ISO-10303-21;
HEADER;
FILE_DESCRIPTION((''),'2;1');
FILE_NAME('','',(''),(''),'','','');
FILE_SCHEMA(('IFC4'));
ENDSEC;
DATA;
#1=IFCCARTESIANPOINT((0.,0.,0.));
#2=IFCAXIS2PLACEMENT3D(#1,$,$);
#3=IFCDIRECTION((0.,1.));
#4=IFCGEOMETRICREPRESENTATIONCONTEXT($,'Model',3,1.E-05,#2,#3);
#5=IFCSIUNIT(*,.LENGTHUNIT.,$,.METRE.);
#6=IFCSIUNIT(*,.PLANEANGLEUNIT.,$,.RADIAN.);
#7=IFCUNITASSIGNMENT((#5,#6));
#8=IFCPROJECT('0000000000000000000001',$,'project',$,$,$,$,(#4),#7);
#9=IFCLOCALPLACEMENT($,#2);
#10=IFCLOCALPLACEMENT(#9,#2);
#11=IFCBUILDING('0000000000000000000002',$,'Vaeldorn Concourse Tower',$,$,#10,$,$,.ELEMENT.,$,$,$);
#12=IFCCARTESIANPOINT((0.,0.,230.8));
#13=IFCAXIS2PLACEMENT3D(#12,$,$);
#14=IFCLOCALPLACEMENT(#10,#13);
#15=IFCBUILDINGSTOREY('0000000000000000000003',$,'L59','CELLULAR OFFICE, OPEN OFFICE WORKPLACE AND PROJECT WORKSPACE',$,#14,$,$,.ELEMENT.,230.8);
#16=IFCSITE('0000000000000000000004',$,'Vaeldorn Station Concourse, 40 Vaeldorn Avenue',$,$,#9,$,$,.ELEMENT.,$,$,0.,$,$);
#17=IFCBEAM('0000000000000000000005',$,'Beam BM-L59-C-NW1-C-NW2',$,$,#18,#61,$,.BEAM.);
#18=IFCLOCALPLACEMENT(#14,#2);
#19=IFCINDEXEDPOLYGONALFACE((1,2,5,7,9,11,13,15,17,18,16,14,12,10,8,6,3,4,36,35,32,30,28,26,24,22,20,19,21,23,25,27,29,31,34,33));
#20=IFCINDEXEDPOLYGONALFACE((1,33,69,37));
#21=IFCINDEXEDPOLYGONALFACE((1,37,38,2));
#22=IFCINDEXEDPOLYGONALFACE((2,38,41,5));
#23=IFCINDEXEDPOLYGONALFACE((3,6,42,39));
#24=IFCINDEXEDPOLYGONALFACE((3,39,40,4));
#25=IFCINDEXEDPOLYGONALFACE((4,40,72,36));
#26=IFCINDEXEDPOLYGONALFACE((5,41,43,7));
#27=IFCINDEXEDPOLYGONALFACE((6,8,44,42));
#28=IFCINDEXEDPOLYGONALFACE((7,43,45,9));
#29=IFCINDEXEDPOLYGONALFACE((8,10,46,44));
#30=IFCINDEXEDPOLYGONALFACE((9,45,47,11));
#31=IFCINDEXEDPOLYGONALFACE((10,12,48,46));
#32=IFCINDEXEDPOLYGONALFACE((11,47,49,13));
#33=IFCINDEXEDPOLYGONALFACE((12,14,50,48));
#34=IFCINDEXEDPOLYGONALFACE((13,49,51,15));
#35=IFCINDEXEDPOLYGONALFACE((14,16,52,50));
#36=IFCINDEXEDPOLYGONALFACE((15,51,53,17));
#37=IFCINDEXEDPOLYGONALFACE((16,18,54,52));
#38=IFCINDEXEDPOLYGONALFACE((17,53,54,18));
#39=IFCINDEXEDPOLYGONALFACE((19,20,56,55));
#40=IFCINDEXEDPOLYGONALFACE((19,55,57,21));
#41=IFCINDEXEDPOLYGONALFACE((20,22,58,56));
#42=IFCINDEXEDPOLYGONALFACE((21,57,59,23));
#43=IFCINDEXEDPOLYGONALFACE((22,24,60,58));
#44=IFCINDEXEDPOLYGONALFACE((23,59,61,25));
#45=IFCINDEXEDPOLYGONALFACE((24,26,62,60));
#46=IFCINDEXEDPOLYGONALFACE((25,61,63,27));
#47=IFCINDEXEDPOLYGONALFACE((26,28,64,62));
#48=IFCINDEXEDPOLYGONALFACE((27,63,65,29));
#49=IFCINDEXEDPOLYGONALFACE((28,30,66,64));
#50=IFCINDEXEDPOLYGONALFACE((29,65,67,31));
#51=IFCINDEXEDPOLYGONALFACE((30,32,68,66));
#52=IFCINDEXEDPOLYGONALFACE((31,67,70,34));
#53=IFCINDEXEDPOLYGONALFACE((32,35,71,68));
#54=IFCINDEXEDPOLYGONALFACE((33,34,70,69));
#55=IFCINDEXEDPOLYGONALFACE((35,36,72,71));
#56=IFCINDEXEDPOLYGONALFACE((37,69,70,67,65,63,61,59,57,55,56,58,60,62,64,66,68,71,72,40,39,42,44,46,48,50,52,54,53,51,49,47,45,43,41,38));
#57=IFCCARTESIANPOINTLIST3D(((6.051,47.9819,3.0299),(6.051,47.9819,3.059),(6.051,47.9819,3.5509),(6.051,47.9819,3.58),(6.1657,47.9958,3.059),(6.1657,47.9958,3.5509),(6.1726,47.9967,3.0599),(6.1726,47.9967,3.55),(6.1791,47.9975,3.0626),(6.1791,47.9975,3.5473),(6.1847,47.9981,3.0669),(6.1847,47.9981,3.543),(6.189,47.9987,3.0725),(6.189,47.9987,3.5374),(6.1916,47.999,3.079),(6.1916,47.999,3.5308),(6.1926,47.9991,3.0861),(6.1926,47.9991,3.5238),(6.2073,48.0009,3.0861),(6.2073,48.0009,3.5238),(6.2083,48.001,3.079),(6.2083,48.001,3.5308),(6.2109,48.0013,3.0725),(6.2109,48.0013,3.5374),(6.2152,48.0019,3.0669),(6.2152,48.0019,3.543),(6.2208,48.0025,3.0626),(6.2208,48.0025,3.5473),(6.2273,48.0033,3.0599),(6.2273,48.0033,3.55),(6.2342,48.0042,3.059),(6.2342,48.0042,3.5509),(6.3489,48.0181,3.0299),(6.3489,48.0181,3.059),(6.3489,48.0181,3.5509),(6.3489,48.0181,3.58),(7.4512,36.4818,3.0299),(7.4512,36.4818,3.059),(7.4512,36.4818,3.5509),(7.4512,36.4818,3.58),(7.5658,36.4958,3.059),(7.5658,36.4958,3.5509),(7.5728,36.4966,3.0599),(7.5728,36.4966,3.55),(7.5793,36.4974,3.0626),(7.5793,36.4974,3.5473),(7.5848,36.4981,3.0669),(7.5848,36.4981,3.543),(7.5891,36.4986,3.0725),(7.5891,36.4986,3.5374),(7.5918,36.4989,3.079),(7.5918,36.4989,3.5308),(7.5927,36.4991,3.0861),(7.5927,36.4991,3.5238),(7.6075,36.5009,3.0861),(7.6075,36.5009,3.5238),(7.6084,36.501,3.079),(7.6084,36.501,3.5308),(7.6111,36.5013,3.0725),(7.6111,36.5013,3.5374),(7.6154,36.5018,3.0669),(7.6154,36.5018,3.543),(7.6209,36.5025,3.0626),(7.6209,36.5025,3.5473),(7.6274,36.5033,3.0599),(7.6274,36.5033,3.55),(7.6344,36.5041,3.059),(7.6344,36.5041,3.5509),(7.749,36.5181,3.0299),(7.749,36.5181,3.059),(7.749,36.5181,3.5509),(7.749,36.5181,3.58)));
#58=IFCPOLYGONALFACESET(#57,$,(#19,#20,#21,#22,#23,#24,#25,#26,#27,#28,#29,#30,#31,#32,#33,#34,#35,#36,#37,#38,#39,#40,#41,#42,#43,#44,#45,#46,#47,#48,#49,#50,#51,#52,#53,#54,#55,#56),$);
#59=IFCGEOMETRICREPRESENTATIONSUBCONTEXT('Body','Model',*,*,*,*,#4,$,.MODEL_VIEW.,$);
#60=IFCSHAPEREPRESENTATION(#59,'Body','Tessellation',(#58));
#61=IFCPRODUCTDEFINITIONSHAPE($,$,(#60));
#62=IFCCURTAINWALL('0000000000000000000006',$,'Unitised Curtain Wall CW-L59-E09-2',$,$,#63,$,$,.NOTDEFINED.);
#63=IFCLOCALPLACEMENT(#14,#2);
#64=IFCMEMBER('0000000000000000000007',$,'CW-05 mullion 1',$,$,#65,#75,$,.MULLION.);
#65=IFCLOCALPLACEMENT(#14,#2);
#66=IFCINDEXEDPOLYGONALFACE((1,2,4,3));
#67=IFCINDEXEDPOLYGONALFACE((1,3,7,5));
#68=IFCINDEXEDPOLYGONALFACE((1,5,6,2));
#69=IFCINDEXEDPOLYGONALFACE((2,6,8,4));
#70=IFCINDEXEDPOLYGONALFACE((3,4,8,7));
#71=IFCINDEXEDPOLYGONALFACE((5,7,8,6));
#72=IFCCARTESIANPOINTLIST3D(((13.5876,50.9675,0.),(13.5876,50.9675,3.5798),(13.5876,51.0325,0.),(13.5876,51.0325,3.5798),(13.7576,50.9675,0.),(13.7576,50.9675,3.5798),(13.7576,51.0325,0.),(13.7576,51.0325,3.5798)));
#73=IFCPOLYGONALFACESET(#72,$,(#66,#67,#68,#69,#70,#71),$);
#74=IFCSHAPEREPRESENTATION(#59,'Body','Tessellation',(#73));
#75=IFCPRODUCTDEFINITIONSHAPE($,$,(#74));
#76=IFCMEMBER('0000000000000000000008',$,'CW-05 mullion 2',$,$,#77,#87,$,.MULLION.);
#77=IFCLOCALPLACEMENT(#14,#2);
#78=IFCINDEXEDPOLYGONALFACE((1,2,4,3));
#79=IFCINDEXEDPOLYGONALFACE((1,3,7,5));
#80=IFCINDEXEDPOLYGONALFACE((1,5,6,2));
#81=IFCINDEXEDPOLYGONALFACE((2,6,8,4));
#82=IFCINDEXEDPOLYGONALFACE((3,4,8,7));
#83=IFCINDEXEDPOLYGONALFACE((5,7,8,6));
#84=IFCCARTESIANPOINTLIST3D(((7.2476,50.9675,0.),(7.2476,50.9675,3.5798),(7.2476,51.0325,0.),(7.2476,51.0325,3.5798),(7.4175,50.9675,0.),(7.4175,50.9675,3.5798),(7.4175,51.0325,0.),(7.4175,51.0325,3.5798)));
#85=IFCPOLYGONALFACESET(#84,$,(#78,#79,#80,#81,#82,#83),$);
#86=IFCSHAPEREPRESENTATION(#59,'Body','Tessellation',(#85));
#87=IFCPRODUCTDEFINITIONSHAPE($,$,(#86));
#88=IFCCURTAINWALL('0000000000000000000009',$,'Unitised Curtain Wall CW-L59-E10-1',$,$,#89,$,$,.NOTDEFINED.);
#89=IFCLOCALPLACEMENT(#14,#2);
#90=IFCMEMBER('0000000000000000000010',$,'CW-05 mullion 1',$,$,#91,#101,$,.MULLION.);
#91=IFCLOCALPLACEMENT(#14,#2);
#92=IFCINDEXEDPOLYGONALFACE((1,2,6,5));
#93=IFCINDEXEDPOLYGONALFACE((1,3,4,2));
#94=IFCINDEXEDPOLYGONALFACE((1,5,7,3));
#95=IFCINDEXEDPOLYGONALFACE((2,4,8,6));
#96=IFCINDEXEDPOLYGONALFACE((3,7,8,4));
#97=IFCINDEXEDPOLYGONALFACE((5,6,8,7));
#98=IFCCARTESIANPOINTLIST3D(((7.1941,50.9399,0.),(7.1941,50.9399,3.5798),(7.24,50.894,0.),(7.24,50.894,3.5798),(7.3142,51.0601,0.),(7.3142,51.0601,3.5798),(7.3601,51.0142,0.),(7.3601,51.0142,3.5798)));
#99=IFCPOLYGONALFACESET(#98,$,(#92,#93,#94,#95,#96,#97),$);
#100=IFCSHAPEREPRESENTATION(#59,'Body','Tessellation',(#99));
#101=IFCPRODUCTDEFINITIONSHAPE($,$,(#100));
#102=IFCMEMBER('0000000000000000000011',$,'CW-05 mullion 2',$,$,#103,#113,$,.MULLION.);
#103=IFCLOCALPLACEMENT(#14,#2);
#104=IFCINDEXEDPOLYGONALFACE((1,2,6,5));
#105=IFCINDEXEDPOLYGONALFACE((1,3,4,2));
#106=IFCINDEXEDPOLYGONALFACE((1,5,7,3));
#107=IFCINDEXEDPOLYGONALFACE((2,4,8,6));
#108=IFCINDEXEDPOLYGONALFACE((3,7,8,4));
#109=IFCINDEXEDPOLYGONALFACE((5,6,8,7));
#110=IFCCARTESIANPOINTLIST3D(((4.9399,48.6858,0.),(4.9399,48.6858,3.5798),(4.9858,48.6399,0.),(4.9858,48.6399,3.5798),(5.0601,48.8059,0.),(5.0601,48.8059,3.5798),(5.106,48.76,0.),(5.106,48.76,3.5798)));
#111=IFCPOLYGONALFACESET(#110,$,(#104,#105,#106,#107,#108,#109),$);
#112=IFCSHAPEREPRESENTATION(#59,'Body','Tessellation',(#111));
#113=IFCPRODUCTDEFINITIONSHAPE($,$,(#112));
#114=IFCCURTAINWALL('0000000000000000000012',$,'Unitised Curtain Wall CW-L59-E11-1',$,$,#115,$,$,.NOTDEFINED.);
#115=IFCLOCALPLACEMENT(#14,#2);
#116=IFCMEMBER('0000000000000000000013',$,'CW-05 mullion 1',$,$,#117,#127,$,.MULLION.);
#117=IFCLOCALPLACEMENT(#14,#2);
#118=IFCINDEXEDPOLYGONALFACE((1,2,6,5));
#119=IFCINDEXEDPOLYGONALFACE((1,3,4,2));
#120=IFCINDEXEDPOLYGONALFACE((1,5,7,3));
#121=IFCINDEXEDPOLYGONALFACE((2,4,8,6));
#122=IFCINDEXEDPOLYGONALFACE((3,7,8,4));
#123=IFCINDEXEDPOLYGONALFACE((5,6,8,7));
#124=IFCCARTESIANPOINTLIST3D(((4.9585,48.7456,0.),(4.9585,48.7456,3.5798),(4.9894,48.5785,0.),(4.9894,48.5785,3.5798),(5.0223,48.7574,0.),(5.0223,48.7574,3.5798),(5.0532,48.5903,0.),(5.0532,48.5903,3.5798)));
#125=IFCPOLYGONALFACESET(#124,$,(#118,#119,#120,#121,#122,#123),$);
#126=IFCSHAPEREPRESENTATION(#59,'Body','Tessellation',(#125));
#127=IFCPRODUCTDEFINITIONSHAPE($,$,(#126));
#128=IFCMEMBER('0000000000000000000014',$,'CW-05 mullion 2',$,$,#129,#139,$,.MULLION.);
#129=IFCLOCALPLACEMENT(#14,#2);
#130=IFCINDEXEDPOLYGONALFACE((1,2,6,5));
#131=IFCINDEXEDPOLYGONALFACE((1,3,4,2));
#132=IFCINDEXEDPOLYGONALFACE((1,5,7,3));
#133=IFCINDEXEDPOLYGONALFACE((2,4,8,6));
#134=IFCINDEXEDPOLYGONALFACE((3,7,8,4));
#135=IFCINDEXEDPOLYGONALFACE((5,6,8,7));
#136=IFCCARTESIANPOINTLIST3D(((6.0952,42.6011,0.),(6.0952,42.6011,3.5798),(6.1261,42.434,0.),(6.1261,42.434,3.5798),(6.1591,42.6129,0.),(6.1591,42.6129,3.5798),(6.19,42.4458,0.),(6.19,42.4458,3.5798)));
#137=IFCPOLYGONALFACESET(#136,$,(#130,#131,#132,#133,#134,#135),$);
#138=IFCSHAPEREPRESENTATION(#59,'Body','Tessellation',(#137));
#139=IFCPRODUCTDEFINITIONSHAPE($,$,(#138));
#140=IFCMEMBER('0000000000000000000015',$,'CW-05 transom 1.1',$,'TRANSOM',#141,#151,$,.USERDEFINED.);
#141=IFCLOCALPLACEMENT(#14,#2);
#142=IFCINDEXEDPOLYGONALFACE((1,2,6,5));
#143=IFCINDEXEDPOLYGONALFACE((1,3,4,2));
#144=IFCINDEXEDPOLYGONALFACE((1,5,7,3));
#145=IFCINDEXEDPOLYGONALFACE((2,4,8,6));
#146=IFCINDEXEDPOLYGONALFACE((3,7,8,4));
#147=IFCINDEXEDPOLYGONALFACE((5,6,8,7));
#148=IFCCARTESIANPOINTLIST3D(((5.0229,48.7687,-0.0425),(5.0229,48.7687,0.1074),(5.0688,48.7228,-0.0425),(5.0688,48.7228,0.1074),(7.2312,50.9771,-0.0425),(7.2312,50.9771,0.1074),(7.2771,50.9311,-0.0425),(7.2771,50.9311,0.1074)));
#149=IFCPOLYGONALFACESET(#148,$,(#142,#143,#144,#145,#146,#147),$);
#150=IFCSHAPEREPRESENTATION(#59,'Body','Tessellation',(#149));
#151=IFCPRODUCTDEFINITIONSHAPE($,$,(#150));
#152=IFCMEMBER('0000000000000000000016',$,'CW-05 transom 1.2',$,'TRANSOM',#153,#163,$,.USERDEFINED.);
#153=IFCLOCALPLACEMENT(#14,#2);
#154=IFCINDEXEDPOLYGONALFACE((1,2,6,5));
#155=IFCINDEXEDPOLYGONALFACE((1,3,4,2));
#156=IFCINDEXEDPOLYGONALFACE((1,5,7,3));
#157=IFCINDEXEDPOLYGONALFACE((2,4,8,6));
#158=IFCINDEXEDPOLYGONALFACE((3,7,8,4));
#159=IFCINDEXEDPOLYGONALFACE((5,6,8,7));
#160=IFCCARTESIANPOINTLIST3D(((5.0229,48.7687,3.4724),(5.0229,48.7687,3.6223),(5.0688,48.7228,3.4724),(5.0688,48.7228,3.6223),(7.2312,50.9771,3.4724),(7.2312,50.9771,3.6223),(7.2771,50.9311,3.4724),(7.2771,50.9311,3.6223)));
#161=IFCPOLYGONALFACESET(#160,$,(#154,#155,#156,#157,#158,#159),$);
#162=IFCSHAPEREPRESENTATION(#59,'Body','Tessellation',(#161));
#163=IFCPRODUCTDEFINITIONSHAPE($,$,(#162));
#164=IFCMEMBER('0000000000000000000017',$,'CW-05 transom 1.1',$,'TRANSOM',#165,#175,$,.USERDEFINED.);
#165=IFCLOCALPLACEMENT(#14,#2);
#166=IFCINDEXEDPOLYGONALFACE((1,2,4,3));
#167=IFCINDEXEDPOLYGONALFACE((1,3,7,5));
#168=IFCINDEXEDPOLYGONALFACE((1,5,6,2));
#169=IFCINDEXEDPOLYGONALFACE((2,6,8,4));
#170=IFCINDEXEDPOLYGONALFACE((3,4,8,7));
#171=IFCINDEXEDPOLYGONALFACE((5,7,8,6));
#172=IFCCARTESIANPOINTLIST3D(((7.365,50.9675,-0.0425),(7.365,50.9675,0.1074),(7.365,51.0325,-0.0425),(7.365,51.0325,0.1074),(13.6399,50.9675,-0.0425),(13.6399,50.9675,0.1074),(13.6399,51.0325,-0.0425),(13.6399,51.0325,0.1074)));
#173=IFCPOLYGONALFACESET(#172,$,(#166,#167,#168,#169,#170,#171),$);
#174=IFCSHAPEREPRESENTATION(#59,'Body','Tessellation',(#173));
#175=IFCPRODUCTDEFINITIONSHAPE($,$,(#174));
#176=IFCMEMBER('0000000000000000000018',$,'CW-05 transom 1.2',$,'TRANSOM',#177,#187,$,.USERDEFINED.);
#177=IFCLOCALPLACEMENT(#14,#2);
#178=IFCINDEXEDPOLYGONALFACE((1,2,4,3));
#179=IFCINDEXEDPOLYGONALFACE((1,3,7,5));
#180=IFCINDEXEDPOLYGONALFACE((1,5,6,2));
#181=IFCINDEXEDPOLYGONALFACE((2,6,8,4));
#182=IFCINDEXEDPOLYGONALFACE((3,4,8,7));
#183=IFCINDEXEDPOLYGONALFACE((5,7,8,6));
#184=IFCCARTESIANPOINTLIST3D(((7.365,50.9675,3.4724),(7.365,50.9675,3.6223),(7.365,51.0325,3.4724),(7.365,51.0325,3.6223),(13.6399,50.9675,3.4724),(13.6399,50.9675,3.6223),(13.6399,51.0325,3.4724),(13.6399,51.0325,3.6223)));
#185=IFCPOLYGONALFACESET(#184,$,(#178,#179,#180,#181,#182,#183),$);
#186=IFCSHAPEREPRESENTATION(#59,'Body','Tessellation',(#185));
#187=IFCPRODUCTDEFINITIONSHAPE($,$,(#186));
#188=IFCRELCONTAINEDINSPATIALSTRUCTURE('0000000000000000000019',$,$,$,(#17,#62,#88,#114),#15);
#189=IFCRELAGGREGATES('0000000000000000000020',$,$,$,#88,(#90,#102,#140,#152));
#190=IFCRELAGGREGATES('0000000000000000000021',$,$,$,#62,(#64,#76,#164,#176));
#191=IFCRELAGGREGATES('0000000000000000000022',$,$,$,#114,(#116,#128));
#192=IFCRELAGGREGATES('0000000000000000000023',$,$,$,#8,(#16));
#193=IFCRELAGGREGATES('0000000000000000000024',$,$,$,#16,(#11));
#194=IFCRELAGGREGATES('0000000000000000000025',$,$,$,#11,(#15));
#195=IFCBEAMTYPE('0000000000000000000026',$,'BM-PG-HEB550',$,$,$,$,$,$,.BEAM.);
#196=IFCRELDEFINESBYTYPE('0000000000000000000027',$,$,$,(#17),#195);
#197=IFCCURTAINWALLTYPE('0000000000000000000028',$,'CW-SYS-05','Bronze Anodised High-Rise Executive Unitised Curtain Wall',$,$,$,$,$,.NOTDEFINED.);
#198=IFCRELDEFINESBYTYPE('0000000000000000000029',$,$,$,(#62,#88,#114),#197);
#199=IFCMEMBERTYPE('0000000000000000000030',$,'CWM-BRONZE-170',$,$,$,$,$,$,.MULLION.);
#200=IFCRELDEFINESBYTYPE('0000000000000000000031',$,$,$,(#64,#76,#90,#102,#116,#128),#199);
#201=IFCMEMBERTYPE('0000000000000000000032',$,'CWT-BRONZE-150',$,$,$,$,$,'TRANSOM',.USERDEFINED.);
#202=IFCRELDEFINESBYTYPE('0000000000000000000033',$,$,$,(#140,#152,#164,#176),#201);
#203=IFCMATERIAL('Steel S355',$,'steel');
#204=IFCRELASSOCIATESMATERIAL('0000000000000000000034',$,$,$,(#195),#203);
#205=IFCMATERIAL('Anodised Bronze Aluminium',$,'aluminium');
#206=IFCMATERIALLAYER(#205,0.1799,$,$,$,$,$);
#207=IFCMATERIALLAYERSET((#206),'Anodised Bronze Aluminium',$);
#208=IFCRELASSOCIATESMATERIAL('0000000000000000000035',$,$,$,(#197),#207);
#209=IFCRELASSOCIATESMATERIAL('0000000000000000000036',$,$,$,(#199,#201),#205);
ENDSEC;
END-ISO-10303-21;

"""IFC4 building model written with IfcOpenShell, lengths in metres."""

from ifc_helpers import new_model, si_unit, direction, frame, origin, origin_2d, place, context, subcontext, project, spatial, rectangle, i_section, extrude, source, transform, mapped, material, layer, layer_set, material_profile, profile_set, type_object, element, aggregate, save


model = new_model("IFC4")

# Units and contexts
model_context = context("Model", 3, precision=1e-05, world=origin(), true_north=direction((0.0, 1.0)))
body_context = subcontext(model_context, "Body", "Model", "MODEL_VIEW")
ifc_project = project(units=[si_unit("LENGTHUNIT", "METRE"), si_unit("PLANEANGLEUNIT", "RADIAN")], contexts=[model_context])

# Site, building, storey
site_placement = place(None, origin())
site = spatial("IfcSite", under=ifc_project, at=site_placement, Name="Vaeldorn Station Concourse, 40 Vaeldorn Avenue", CompositionType="ELEMENT", RefElevation=0.0)
building_placement = place(site_placement, origin())
building = spatial("IfcBuilding", under=site, at=building_placement, Name="Vaeldorn Concourse Tower", CompositionType="ELEMENT")
storey_placement = place(building_placement, frame((0.0, 0.0, 230.8)))
storey = spatial("IfcBuildingStorey", under=building, at=storey_placement, Name="L59", Description="CELLULAR OFFICE, OPEN OFFICE WORKPLACE AND PROJECT WORKSPACE", CompositionType="ELEMENT", Elevation=230.8)

# Shared definitions
ifc_material_1 = material(Name="Steel S355", Category="steel")

# Beam
ifc_material_profile_1 = material_profile(ifc_material_1, i_section(OverallWidth=0.3, OverallDepth=0.55, WebThickness=0.0149, FlangeThickness=0.0291, FilletRadius=0.0271, at=origin_2d()), Name="HEB 550")
ifc_profile_set_1 = profile_set([ifc_material_profile_1], Name="Steel S355")
beam_type_1 = type_object("IfcBeamType", Name="BM-PG-HEB550", PredefinedType="BEAM", material=ifc_profile_set_1)
shared_shape_1 = source(origin(), body_context, "Body", "SweptSolid", [
    extrude(i_section(OverallWidth=0.3, OverallDepth=0.55, WebThickness=0.0149, FlangeThickness=0.0291, FilletRadius=0.0271, at=origin_2d()), origin(), (0.0, 0.0, 1.0), 11.585),
])
beam_1_placement = place(storey_placement, frame((6.2, 48.0, 3.3049), z_axis=(0.120859, -0.99267, 0.0), x_axis=(0.99267, 0.120859, 0.0)))
element("IfcBeam", 1, at=beam_1_placement, inside=storey, type_object=beam_type_1, Name="Beam BM-L59-C-NW1-C-NW2", PredefinedType="BEAM", context=body_context, shape_type="MappedRepresentation", body=[
    mapped(shared_shape_1, transform((0.0, 0.0, 0.0), scale=1.0)),
])

# Curtain walls, members
ifc_material_2 = material(Name="Anodised Bronze Aluminium", Category="aluminium")
ifc_layer_1 = layer(ifc_material_2, 0.1799)
ifc_layer_set_1 = layer_set([ifc_layer_1], Name="Anodised Bronze Aluminium")
curtain_wall_type = type_object("IfcCurtainWallType", Name="CW-SYS-05", Description="Bronze Anodised High-Rise Executive Unitised Curtain Wall", PredefinedType="NOTDEFINED", material=ifc_layer_set_1)
curtain_wall_1_placement = place(storey_placement, origin())
curtain_wall_1 = element("IfcCurtainWall", 2, at=curtain_wall_1_placement, inside=storey, type_object=curtain_wall_type, Name="Unitised Curtain Wall CW-L59-E09-2", PredefinedType="NOTDEFINED")
ifc_material_profile_2 = material_profile(ifc_material_2, rectangle(XDim=0.0649, YDim=0.1699, at=origin_2d()), Name="CWM 65x170")
ifc_profile_set_2 = profile_set([ifc_material_profile_2], Name="Anodised Bronze Aluminium")
member_type_1 = type_object("IfcMemberType", Name="CWM-BRONZE-170", PredefinedType="MULLION", material=ifc_profile_set_2)
shared_shape_2 = source(origin(), body_context, "Body", "SweptSolid", [
    extrude(rectangle(XDim=0.0649, YDim=0.1699, at=origin_2d()), origin(), (0.0, 0.0, 1.0), 3.5798),
])
member_1_placement = place(storey_placement, frame((13.6726, 51.0, 0.0), z_axis=(0.0, 0.0, 1.0), x_axis=(0.0, -1.0, 0.0)))
member_1 = element("IfcMember", 3, at=member_1_placement, type_object=member_type_1, Name="CW-05 mullion 1", PredefinedType="MULLION", context=body_context, shape_type="MappedRepresentation", body=[
    mapped(shared_shape_2, transform((0.0, 0.0, 0.0), scale=1.0)),
])
member_2_placement = place(storey_placement, frame((7.3325, 51.0, 0.0), z_axis=(0.0, 0.0, 1.0), x_axis=(0.0, -1.0, 0.0)))
member_2 = element("IfcMember", 4, at=member_2_placement, type_object=member_type_1, Name="CW-05 mullion 2", PredefinedType="MULLION", context=body_context, shape_type="MappedRepresentation", body=[
    mapped(shared_shape_2, transform((0.0, 0.0, 0.0), scale=1.0)),
])
curtain_wall_2_placement = place(storey_placement, origin())
curtain_wall_2 = element("IfcCurtainWall", 5, at=curtain_wall_2_placement, inside=storey, type_object=curtain_wall_type, Name="Unitised Curtain Wall CW-L59-E10-1", PredefinedType="NOTDEFINED")
member_3_placement = place(storey_placement, frame((7.2771, 50.9771, 0.0), z_axis=(0.0, 0.0, 1.0), x_axis=(0.707107, -0.707107, 0.0)))
member_3 = element("IfcMember", 6, at=member_3_placement, type_object=member_type_1, Name="CW-05 mullion 1", PredefinedType="MULLION", context=body_context, shape_type="MappedRepresentation", body=[
    mapped(shared_shape_2, transform((0.0, 0.0, 0.0), scale=1.0)),
])
member_4_placement = place(storey_placement, frame((5.0229, 48.7229, 0.0), z_axis=(0.0, 0.0, 1.0), x_axis=(0.707107, -0.707107, 0.0)))
member_4 = element("IfcMember", 7, at=member_4_placement, type_object=member_type_1, Name="CW-05 mullion 2", PredefinedType="MULLION", context=body_context, shape_type="MappedRepresentation", body=[
    mapped(shared_shape_2, transform((0.0, 0.0, 0.0), scale=1.0)),
])
curtain_wall_3_placement = place(storey_placement, origin())
curtain_wall_3 = element("IfcCurtainWall", 8, at=curtain_wall_3_placement, inside=storey, type_object=curtain_wall_type, Name="Unitised Curtain Wall CW-L59-E11-1", PredefinedType="NOTDEFINED")
member_5_placement = place(storey_placement, frame((5.0059, 48.668, 0.0), z_axis=(0.0, 0.0, 1.0), x_axis=(0.983319, 0.181888, 0.0)))
member_5 = element("IfcMember", 9, at=member_5_placement, type_object=member_type_1, Name="CW-05 mullion 1", PredefinedType="MULLION", context=body_context, shape_type="MappedRepresentation", body=[
    mapped(shared_shape_2, transform((0.0, 0.0, 0.0), scale=1.0)),
])
member_6_placement = place(storey_placement, frame((6.1426, 42.5234, 0.0), z_axis=(0.0, 0.0, 1.0), x_axis=(0.983319, 0.181888, 0.0)))
member_6 = element("IfcMember", 10, at=member_6_placement, type_object=member_type_1, Name="CW-05 mullion 2", PredefinedType="MULLION", context=body_context, shape_type="MappedRepresentation", body=[
    mapped(shared_shape_2, transform((0.0, 0.0, 0.0), scale=1.0)),
])

# Members
ifc_material_profile_3 = material_profile(ifc_material_2, rectangle(XDim=0.0649, YDim=0.1499, at=origin_2d()), Name="CWT 65x150")
ifc_profile_set_3 = profile_set([ifc_material_profile_3], Name="Anodised Bronze Aluminium")
member_type_2 = type_object("IfcMemberType", Name="CWT-BRONZE-150", ElementType="TRANSOM", PredefinedType="USERDEFINED", material=ifc_profile_set_3)
shared_shape_3 = source(origin(), body_context, "Body", "SweptSolid", [
    extrude(rectangle(XDim=0.0649, YDim=0.1499, at=origin_2d()), origin(), (0.0, 0.0, 1.0), 3.123),
])
member_7_placement = place(storey_placement, frame((7.2542, 50.9541, 0.0325), z_axis=(-0.707107, -0.707107, 0.0), x_axis=(0.707107, -0.707107, 0.0)))
member_7 = element("IfcMember", 11, at=member_7_placement, type_object=member_type_2, Name="CW-05 transom 1.1", ObjectType="TRANSOM", PredefinedType="USERDEFINED", context=body_context, shape_type="MappedRepresentation", body=[
    mapped(shared_shape_3, transform((0.0, 0.0, 0.0), scale=1.0)),
])
member_8_placement = place(storey_placement, frame((7.2542, 50.9541, 3.5474), z_axis=(-0.707107, -0.707107, 0.0), x_axis=(0.707107, -0.707107, 0.0)))
member_8 = element("IfcMember", 12, at=member_8_placement, type_object=member_type_2, Name="CW-05 transom 1.2", ObjectType="TRANSOM", PredefinedType="USERDEFINED", context=body_context, shape_type="MappedRepresentation", body=[
    mapped(shared_shape_3, transform((0.0, 0.0, 0.0), scale=1.0)),
])
shared_shape_4 = source(origin(), body_context, "Body", "SweptSolid", [
    extrude(rectangle(XDim=0.0649, YDim=0.1499, at=origin_2d()), origin(), (0.0, 0.0, 1.0), 6.2749),
])
member_9_placement = place(storey_placement, frame((13.6399, 51.0, 0.0325), z_axis=(-1.0, 0.0, 0.0), x_axis=(0.0, -1.0, 0.0)))
member_9 = element("IfcMember", 13, at=member_9_placement, type_object=member_type_2, Name="CW-05 transom 1.1", ObjectType="TRANSOM", PredefinedType="USERDEFINED", context=body_context, shape_type="MappedRepresentation", body=[
    mapped(shared_shape_4, transform((0.0, 0.0, 0.0), scale=1.0)),
])
member_10_placement = place(storey_placement, frame((13.6399, 51.0, 3.5474), z_axis=(-1.0, 0.0, 0.0), x_axis=(0.0, -1.0, 0.0)))
member_10 = element("IfcMember", 14, at=member_10_placement, type_object=member_type_2, Name="CW-05 transom 1.2", ObjectType="TRANSOM", PredefinedType="USERDEFINED", context=body_context, shape_type="MappedRepresentation", body=[
    mapped(shared_shape_4, transform((0.0, 0.0, 0.0), scale=1.0)),
])

aggregate(curtain_wall_2, [member_3, member_4, member_7, member_8])
aggregate(curtain_wall_1, [member_1, member_2, member_9, member_10])
aggregate(curtain_wall_3, [member_5, member_6])

save(model, "model.ifc")
